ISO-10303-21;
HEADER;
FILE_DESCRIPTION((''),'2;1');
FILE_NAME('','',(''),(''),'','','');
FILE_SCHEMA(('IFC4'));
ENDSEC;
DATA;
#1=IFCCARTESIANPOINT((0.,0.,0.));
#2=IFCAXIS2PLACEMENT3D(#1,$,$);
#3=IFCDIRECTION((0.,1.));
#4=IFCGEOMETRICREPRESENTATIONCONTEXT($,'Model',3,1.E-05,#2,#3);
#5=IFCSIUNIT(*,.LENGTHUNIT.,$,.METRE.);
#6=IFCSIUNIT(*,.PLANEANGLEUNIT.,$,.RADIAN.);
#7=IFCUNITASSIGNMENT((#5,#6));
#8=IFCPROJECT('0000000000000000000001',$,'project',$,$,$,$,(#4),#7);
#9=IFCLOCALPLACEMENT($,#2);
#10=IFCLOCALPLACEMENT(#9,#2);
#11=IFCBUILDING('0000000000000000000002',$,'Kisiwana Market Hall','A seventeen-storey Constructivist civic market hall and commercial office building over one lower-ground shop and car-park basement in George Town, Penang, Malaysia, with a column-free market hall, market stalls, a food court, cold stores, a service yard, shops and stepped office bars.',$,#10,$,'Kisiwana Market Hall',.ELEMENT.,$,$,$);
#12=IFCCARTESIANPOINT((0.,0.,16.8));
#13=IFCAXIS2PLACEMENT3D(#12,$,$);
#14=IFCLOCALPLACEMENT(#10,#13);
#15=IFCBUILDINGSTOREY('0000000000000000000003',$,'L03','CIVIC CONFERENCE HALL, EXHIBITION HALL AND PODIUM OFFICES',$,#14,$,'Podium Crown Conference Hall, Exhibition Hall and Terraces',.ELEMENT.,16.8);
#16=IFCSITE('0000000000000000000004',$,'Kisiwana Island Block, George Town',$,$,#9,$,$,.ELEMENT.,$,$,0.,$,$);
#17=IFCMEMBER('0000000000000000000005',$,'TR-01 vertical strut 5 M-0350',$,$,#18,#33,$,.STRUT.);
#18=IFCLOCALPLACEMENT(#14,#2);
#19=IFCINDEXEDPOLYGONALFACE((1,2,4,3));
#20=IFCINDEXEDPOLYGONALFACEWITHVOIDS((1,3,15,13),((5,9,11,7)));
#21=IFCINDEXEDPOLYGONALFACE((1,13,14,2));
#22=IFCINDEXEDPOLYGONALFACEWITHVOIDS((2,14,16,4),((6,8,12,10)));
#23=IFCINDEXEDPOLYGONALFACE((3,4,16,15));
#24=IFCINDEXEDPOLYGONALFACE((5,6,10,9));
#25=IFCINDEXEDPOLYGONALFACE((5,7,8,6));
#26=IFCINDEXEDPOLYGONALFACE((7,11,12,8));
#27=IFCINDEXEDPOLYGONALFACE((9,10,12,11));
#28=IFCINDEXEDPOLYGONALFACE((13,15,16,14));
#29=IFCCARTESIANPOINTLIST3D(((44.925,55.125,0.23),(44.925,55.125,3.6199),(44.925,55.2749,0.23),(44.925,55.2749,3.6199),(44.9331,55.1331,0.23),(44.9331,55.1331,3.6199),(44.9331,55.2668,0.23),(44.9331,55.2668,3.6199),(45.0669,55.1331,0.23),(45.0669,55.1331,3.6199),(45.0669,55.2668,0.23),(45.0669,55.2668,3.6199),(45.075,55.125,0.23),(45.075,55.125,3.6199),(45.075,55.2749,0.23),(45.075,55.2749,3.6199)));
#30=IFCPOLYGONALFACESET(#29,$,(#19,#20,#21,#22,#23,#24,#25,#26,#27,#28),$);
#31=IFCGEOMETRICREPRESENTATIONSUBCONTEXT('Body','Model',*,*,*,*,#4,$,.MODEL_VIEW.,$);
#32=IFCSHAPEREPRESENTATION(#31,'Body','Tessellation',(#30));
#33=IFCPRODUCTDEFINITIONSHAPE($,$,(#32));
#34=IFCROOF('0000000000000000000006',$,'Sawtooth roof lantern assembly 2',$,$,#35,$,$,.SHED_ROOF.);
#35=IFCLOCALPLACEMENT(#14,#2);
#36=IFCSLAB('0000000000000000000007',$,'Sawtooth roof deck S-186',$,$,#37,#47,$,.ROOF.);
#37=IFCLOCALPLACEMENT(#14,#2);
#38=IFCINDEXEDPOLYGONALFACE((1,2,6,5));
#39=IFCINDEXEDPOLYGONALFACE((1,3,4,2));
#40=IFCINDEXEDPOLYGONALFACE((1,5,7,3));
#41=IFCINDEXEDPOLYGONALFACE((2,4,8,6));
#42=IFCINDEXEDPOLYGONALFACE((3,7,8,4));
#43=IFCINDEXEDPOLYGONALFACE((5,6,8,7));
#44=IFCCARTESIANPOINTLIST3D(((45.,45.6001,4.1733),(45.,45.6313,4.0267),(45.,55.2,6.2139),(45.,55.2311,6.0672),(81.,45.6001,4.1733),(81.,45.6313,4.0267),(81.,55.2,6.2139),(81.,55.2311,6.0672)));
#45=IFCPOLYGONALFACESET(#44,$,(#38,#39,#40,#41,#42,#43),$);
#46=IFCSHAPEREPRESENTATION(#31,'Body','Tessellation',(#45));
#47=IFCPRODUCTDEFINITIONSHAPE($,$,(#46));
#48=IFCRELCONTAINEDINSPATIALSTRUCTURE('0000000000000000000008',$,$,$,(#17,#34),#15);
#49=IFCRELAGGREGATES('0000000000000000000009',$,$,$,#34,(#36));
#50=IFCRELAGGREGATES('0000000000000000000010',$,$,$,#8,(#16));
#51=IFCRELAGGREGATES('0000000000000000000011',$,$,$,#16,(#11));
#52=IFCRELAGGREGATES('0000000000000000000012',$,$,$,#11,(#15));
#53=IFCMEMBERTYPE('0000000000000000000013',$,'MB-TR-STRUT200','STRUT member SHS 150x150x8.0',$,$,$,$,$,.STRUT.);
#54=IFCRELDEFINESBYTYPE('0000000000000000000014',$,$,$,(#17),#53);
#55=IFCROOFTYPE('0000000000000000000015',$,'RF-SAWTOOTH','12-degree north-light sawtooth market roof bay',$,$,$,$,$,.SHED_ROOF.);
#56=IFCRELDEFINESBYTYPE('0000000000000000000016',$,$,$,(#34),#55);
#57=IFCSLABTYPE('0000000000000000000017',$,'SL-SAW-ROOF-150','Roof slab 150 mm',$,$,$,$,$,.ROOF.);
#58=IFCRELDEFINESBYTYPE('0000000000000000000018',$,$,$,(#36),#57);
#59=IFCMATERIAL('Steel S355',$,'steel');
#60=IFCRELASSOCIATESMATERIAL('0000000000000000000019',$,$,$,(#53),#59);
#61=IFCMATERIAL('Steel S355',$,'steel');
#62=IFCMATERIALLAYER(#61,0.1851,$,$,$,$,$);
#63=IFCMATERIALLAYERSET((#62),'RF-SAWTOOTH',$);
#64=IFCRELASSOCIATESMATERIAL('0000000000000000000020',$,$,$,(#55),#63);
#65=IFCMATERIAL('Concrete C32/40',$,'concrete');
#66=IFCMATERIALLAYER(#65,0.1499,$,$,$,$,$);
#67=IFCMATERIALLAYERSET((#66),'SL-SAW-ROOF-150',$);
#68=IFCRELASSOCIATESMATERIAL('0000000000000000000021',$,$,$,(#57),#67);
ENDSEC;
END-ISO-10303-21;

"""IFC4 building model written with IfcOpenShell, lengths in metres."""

from ifc_helpers import new_model, si_unit, direction, frame, origin, origin_2d, place, context, subcontext, project, spatial, polyline, hollow_rectangle, outline, extrude, material, layer, layer_set, material_profile, profile_set, type_object, element, aggregate, save


model = new_model("IFC4")

# Units and contexts
model_context = context("Model", 3, precision=1e-05, world=origin(), true_north=direction((0.0, 1.0)))
body_context = subcontext(model_context, "Body", "Model", "MODEL_VIEW")
ifc_project = project(units=[si_unit("LENGTHUNIT", "METRE"), si_unit("PLANEANGLEUNIT", "RADIAN")], contexts=[model_context])

# Site, building, storey
site_placement = place(None, origin())
site = spatial("IfcSite", under=ifc_project, at=site_placement, Name="Kisiwana Island Block, George Town", CompositionType="ELEMENT", RefElevation=0.0)
building_placement = place(site_placement, origin())
building = spatial("IfcBuilding", under=site, at=building_placement, Name="Kisiwana Market Hall", Description="A seventeen-storey Constructivist civic market hall and commercial office building over one lower-ground shop and car-park basement in George Town, Penang, Malaysia, with a column-free market hall, market stalls, a food court, cold stores, a service yard, shops and stepped office bars.", LongName="Kisiwana Market Hall", CompositionType="ELEMENT")
storey_placement = place(building_placement, frame((0.0, 0.0, 16.8)))
storey = spatial("IfcBuildingStorey", under=building, at=storey_placement, Name="L03", Description="CIVIC CONFERENCE HALL, EXHIBITION HALL AND PODIUM OFFICES", LongName="Podium Crown Conference Hall, Exhibition Hall and Terraces", CompositionType="ELEMENT", Elevation=16.8)

# Member
ifc_material_1 = material(Name="Steel S355", Category="steel")
ifc_material_profile_1 = material_profile(ifc_material_1, hollow_rectangle(XDim=0.1499, YDim=0.1499, WallThickness=0.0081, at=origin_2d()), Name="SHS 150x150x8.0")
ifc_profile_set_1 = profile_set([ifc_material_profile_1], Name="Steel S355")
member_type_1 = type_object("IfcMemberType", Name="MB-TR-STRUT200", Description="STRUT member SHS 150x150x8.0", PredefinedType="STRUT", material=ifc_profile_set_1)
for number, where, z_axis, x_axis, name in (
    (1, (45.0, 55.2, 0.23), (0.0, 0.0, 1.0), (1.0, 0.0, 0.0), "TR-01 vertical strut 5 M-0350"),
):
    element("IfcMember", number, at=place(storey_placement, frame(where, z_axis=z_axis, x_axis=x_axis)), inside=storey, type_object=member_type_1, Name=name, PredefinedType="STRUT", context=body_context, shape_type="SweptSolid", body=[
        extrude(hollow_rectangle(XDim=0.1499, YDim=0.1499, WallThickness=0.0081, at=origin_2d()), origin(), (0.0, 0.0, 1.0), 3.3899),
    ])

# Roof, slab
ifc_material_2 = material(Name="Steel S355", Category="steel")
ifc_layer_1 = layer(ifc_material_2, 0.1851)
ifc_layer_set_1 = layer_set([ifc_layer_1], Name="RF-SAWTOOTH")
roof_type = type_object("IfcRoofType", Name="RF-SAWTOOTH", Description="12-degree north-light sawtooth market roof bay", PredefinedType="SHED_ROOF", material=ifc_layer_set_1)
roof_placement = place(storey_placement, origin())
roof = element("IfcRoof", 2, at=roof_placement, inside=storey, type_object=roof_type, Name="Sawtooth roof lantern assembly 2", PredefinedType="SHED_ROOF")
ifc_material_3 = material(Name="Concrete C32/40", Category="concrete")
ifc_layer_2 = layer(ifc_material_3, 0.1499)
ifc_layer_set_2 = layer_set([ifc_layer_2], Name="SL-SAW-ROOF-150")
slab_type = type_object("IfcSlabType", Name="SL-SAW-ROOF-150", Description="Roof slab 150 mm", PredefinedType="ROOF", material=ifc_layer_set_2)
slab_placement = place(storey_placement, frame((45.0, 45.6001, 4.1733), z_axis=(0.0, -0.207913, 0.978147), x_axis=(1.0, 0.0, 0.0)))
slab = element("IfcSlab", 3, at=slab_placement, type_object=slab_type, Name="Sawtooth roof deck S-186", PredefinedType="ROOF", context=body_context, shape_type="SweptSolid", body=[
    extrude(outline(polyline([(0.0, 0.0), (36.0, 0.0), (36.0, 9.8143), (0.0, 9.8143), (0.0, 0.0)])), origin(), (0.0, 0.0, -1.0), 0.1499),
])
aggregate(roof, [slab])

save(model, "model.ifc")
